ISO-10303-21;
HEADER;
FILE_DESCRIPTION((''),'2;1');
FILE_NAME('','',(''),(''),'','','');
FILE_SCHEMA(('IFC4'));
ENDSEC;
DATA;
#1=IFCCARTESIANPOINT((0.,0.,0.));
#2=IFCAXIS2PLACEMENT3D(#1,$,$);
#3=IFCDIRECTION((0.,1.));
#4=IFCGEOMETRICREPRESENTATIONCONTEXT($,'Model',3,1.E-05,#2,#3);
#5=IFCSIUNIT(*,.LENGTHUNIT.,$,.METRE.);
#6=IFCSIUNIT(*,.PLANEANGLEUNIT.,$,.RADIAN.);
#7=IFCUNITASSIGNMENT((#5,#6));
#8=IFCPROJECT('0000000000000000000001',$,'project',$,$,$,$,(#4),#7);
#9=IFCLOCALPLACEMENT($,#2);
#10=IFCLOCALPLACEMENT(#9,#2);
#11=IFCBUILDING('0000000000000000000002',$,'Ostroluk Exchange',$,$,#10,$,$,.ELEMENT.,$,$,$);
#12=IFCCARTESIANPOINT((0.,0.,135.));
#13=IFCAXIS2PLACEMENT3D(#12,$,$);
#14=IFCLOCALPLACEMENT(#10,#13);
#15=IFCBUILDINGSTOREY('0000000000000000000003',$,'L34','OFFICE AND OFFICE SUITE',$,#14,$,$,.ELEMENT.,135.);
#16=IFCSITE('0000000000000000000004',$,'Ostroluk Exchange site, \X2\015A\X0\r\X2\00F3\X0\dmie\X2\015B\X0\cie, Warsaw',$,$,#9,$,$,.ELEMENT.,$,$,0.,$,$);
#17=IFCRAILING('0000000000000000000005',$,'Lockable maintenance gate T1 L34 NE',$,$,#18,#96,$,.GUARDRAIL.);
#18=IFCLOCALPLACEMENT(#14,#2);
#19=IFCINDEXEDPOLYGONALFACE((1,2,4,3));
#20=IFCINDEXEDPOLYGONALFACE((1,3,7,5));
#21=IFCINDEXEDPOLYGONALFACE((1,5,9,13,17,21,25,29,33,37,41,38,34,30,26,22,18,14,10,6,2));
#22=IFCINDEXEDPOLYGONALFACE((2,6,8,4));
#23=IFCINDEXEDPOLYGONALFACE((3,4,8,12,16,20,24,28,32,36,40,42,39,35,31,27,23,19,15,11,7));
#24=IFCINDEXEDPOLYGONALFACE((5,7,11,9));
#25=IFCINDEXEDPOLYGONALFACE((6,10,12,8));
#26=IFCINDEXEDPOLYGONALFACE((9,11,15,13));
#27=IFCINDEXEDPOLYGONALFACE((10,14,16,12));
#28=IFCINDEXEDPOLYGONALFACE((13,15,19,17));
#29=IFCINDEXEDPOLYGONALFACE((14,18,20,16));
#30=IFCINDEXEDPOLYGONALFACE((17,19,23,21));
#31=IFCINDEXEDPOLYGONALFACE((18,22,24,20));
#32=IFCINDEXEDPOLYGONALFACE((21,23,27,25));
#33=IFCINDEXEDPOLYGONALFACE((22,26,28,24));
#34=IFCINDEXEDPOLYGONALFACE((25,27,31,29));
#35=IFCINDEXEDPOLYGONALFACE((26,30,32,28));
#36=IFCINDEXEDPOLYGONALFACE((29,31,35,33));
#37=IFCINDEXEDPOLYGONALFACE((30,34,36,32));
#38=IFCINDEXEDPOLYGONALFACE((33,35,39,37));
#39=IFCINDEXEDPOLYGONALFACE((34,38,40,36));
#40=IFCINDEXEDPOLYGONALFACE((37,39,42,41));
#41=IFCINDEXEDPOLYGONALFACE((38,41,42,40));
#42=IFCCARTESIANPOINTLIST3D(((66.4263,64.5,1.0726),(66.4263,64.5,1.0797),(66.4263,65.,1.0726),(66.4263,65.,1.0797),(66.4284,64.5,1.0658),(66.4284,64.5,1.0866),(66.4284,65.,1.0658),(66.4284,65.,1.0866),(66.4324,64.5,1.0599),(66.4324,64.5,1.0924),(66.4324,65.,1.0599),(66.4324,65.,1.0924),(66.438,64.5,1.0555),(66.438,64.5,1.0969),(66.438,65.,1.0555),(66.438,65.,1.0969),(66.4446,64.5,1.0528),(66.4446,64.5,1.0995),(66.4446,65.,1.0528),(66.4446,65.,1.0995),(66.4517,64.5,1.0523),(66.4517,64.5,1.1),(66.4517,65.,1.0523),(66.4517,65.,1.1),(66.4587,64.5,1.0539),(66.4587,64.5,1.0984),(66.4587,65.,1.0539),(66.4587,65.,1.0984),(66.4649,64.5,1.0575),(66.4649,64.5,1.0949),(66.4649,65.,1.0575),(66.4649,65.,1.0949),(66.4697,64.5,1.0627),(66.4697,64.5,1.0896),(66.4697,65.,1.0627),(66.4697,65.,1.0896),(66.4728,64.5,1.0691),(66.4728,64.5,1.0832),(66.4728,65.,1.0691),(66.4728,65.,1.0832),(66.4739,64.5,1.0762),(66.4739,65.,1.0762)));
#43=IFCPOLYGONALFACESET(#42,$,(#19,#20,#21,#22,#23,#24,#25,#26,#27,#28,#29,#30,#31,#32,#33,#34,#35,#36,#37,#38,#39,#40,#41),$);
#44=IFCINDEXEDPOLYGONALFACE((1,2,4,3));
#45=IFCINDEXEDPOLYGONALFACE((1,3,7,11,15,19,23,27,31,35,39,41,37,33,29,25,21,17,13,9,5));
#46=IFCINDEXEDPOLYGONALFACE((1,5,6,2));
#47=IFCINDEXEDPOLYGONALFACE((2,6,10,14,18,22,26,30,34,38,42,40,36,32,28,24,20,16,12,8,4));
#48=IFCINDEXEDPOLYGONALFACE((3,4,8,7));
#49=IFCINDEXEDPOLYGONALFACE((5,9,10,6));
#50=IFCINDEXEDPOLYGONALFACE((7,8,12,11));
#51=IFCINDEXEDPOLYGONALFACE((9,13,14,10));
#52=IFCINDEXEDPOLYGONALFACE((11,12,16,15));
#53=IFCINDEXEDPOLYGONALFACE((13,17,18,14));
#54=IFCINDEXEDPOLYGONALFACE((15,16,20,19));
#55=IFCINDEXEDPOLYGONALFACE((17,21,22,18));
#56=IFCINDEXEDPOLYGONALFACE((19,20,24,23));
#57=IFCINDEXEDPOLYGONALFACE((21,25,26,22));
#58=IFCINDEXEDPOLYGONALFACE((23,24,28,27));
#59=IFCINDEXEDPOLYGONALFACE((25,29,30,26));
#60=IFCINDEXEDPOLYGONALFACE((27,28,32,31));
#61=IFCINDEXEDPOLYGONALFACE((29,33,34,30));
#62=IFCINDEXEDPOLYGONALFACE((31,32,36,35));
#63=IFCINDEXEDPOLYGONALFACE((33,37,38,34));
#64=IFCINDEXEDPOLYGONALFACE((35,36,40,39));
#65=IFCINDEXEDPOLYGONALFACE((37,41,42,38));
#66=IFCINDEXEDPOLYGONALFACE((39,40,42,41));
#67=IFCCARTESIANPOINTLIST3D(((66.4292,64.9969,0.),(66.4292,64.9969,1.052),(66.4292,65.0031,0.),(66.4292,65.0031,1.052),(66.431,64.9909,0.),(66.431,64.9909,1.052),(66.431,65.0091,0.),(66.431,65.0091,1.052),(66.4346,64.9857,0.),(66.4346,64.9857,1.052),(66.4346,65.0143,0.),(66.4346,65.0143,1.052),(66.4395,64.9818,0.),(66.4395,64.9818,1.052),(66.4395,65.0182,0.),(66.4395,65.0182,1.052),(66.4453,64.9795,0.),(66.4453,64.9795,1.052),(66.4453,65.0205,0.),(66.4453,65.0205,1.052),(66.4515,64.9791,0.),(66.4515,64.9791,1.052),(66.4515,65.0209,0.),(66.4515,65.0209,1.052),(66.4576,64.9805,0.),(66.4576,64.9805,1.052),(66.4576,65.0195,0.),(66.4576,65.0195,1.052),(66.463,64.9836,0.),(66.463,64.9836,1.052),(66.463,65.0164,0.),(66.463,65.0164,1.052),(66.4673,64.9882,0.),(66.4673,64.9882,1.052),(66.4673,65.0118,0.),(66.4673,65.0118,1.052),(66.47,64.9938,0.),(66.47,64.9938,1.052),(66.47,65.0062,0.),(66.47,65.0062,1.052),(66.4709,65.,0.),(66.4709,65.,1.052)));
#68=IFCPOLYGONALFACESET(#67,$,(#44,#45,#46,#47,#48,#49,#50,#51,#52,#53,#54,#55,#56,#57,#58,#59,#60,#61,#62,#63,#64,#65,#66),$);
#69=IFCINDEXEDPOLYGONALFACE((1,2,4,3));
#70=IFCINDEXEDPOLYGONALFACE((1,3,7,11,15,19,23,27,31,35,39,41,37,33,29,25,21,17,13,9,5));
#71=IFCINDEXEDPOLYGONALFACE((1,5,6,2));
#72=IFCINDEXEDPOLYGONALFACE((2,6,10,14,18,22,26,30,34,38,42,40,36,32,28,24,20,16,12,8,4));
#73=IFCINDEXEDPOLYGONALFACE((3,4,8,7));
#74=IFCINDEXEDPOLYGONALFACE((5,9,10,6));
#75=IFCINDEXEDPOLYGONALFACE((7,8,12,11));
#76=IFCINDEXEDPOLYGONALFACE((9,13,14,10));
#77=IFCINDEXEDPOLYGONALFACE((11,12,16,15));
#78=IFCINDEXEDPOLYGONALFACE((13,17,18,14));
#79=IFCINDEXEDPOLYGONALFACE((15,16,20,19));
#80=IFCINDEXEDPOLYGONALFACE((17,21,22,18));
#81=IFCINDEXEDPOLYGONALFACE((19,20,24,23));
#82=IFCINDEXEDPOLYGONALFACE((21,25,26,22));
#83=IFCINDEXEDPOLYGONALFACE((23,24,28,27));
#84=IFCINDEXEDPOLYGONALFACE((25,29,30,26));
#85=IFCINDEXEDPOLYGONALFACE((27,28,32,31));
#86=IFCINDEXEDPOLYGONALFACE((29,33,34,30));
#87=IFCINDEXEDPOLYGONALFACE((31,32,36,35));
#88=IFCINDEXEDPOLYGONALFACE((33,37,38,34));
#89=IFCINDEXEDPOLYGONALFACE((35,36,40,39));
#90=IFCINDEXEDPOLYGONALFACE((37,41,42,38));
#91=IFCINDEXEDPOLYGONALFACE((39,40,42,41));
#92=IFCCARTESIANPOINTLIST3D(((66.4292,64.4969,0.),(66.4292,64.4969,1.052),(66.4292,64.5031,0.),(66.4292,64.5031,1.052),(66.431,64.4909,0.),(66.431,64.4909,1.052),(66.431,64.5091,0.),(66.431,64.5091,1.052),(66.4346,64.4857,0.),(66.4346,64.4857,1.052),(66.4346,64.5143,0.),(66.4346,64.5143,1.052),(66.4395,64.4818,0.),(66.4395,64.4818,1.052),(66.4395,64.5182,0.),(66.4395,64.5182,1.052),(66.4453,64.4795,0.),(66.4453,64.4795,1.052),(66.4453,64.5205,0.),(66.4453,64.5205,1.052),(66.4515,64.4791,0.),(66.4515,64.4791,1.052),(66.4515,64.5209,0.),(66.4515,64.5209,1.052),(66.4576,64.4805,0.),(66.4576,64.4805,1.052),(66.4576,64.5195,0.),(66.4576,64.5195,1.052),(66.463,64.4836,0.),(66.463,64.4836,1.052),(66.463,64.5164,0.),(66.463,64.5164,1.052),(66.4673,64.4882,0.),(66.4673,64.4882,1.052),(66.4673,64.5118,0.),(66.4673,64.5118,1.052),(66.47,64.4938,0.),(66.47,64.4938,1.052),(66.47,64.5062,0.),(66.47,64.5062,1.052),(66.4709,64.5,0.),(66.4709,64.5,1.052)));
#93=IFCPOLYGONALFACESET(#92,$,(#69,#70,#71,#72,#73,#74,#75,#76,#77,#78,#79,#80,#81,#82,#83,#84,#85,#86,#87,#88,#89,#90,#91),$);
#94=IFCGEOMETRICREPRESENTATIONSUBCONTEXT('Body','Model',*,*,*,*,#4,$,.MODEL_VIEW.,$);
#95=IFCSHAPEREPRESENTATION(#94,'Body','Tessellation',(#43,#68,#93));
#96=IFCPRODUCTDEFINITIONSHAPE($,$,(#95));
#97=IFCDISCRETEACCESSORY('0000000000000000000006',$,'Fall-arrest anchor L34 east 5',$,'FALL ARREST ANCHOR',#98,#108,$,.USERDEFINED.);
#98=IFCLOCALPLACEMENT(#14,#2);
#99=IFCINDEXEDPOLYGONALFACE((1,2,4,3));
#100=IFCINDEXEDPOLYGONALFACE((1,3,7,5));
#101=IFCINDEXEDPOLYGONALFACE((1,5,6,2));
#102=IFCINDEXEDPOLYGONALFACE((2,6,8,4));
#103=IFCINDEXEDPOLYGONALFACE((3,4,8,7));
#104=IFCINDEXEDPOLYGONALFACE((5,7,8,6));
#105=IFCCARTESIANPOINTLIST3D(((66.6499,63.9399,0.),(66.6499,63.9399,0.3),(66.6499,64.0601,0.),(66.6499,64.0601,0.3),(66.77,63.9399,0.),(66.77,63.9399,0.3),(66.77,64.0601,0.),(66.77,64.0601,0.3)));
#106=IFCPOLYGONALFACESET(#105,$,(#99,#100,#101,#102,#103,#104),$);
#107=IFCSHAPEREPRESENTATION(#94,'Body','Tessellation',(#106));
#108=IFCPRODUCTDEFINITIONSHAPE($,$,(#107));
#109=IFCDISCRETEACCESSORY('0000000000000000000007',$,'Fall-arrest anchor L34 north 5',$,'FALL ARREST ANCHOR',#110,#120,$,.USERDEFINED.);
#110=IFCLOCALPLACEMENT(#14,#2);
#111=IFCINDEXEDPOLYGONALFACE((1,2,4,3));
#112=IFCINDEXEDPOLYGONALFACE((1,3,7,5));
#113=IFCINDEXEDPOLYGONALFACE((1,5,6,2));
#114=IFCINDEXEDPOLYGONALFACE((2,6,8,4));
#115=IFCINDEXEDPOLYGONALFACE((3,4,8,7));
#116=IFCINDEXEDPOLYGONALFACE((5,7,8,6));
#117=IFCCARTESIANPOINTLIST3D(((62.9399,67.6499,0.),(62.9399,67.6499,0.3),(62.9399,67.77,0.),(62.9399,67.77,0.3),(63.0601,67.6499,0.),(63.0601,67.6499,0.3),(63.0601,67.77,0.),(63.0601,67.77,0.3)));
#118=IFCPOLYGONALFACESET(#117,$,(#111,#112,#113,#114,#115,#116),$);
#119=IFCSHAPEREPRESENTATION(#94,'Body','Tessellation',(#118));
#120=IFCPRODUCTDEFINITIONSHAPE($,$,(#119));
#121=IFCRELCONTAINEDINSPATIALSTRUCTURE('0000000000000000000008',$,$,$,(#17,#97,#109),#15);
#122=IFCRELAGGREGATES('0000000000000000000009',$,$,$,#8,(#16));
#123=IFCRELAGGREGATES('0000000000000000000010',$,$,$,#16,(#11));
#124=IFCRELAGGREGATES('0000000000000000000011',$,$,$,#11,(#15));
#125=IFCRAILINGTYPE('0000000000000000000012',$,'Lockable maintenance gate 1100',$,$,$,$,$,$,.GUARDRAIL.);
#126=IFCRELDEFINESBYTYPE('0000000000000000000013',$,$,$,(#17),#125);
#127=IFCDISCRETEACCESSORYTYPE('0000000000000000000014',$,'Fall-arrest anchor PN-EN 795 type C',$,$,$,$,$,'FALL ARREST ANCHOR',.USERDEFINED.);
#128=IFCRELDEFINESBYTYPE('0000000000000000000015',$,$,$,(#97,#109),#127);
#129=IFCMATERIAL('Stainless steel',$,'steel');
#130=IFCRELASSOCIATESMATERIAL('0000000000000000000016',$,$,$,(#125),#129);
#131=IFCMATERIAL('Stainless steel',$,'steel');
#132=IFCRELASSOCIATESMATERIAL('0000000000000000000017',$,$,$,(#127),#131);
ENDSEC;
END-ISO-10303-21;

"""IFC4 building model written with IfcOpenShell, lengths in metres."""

from ifc_helpers import new_model, si_unit, direction, frame, origin, origin_2d, place, context, subcontext, project, spatial, rectangle, circle, extrude, material, type_object, element, save


model = new_model("IFC4")

# Units and contexts
model_context = context("Model", 3, precision=1e-05, world=origin(), true_north=direction((0.0, 1.0)))
body_context = subcontext(model_context, "Body", "Model", "MODEL_VIEW")
ifc_project = project(units=[si_unit("LENGTHUNIT", "METRE"), si_unit("PLANEANGLEUNIT", "RADIAN")], contexts=[model_context])

# Site, building, storey
site_placement = place(None, origin())
site = spatial("IfcSite", under=ifc_project, at=site_placement, Name="Ostroluk Exchange site, Śródmieście, Warsaw", CompositionType="ELEMENT", RefElevation=0.0)
building_placement = place(site_placement, origin())
building = spatial("IfcBuilding", under=site, at=building_placement, Name="Ostroluk Exchange", CompositionType="ELEMENT")
storey_placement = place(building_placement, frame((0.0, 0.0, 135.0)))
storey = spatial("IfcBuildingStorey", under=building, at=storey_placement, Name="L34", Description="OFFICE AND OFFICE SUITE", CompositionType="ELEMENT", Elevation=135.0)

# Railing
ifc_material_1 = material(Name="Stainless steel", Category="steel")
railing_type_1 = type_object("IfcRailingType", Name="Lockable maintenance gate 1100", PredefinedType="GUARDRAIL", material=ifc_material_1)
railing_1_placement = place(storey_placement, frame((66.45, 65.0, 0.0)))
element("IfcRailing", 1, at=railing_1_placement, inside=storey, type_object=railing_type_1, Name="Lockable maintenance gate T1 L34 NE", PredefinedType="GUARDRAIL", context=body_context, shape_type="SweptSolid", body=[
    extrude(circle(Radius=0.0239, at=origin_2d()), frame((0.0, 0.0, 1.0762), z_axis=(0.0, -1.0, 0.0), x_axis=(1.0, 0.0, 0.0)), (0.0, 0.0, 1.0), 0.5),
    extrude(circle(Radius=0.021, at=origin_2d()), origin(), (0.0, 0.0, 1.0), 1.052),
    extrude(circle(Radius=0.021, at=origin_2d()), frame((0.0, -0.5, 0.0)), (0.0, 0.0, 1.0), 1.052),
])

# Discrete accessories
ifc_material_2 = material(Name="Stainless steel", Category="steel")
discrete_accessory_type = type_object("IfcDiscreteAccessoryType", Name="Fall-arrest anchor PN-EN 795 type C", ElementType="FALL ARREST ANCHOR", PredefinedType="USERDEFINED", material=ifc_material_2)
for number, where, z_axis, x_axis, name in (
    (2, (66.71, 64.0, 0.0), (0.0, 0.0, 1.0), (1.0, 0.0, 0.0), "Fall-arrest anchor L34 east 5"),
    (3, (63.0, 67.71, 0.0), (0.0, 0.0, 1.0), (1.0, 0.0, 0.0), "Fall-arrest anchor L34 north 5"),
):
    element("IfcDiscreteAccessory", number, at=place(storey_placement, frame(where, z_axis=z_axis, x_axis=x_axis)), inside=storey, type_object=discrete_accessory_type, Name=name, ObjectType="FALL ARREST ANCHOR", PredefinedType="USERDEFINED", context=body_context, shape_type="SweptSolid", body=[
        extrude(rectangle(XDim=0.1201, YDim=0.1201, at=origin_2d()), origin(), (0.0, 0.0, 1.0), 0.3),
    ])

save(model, "model.ifc")
